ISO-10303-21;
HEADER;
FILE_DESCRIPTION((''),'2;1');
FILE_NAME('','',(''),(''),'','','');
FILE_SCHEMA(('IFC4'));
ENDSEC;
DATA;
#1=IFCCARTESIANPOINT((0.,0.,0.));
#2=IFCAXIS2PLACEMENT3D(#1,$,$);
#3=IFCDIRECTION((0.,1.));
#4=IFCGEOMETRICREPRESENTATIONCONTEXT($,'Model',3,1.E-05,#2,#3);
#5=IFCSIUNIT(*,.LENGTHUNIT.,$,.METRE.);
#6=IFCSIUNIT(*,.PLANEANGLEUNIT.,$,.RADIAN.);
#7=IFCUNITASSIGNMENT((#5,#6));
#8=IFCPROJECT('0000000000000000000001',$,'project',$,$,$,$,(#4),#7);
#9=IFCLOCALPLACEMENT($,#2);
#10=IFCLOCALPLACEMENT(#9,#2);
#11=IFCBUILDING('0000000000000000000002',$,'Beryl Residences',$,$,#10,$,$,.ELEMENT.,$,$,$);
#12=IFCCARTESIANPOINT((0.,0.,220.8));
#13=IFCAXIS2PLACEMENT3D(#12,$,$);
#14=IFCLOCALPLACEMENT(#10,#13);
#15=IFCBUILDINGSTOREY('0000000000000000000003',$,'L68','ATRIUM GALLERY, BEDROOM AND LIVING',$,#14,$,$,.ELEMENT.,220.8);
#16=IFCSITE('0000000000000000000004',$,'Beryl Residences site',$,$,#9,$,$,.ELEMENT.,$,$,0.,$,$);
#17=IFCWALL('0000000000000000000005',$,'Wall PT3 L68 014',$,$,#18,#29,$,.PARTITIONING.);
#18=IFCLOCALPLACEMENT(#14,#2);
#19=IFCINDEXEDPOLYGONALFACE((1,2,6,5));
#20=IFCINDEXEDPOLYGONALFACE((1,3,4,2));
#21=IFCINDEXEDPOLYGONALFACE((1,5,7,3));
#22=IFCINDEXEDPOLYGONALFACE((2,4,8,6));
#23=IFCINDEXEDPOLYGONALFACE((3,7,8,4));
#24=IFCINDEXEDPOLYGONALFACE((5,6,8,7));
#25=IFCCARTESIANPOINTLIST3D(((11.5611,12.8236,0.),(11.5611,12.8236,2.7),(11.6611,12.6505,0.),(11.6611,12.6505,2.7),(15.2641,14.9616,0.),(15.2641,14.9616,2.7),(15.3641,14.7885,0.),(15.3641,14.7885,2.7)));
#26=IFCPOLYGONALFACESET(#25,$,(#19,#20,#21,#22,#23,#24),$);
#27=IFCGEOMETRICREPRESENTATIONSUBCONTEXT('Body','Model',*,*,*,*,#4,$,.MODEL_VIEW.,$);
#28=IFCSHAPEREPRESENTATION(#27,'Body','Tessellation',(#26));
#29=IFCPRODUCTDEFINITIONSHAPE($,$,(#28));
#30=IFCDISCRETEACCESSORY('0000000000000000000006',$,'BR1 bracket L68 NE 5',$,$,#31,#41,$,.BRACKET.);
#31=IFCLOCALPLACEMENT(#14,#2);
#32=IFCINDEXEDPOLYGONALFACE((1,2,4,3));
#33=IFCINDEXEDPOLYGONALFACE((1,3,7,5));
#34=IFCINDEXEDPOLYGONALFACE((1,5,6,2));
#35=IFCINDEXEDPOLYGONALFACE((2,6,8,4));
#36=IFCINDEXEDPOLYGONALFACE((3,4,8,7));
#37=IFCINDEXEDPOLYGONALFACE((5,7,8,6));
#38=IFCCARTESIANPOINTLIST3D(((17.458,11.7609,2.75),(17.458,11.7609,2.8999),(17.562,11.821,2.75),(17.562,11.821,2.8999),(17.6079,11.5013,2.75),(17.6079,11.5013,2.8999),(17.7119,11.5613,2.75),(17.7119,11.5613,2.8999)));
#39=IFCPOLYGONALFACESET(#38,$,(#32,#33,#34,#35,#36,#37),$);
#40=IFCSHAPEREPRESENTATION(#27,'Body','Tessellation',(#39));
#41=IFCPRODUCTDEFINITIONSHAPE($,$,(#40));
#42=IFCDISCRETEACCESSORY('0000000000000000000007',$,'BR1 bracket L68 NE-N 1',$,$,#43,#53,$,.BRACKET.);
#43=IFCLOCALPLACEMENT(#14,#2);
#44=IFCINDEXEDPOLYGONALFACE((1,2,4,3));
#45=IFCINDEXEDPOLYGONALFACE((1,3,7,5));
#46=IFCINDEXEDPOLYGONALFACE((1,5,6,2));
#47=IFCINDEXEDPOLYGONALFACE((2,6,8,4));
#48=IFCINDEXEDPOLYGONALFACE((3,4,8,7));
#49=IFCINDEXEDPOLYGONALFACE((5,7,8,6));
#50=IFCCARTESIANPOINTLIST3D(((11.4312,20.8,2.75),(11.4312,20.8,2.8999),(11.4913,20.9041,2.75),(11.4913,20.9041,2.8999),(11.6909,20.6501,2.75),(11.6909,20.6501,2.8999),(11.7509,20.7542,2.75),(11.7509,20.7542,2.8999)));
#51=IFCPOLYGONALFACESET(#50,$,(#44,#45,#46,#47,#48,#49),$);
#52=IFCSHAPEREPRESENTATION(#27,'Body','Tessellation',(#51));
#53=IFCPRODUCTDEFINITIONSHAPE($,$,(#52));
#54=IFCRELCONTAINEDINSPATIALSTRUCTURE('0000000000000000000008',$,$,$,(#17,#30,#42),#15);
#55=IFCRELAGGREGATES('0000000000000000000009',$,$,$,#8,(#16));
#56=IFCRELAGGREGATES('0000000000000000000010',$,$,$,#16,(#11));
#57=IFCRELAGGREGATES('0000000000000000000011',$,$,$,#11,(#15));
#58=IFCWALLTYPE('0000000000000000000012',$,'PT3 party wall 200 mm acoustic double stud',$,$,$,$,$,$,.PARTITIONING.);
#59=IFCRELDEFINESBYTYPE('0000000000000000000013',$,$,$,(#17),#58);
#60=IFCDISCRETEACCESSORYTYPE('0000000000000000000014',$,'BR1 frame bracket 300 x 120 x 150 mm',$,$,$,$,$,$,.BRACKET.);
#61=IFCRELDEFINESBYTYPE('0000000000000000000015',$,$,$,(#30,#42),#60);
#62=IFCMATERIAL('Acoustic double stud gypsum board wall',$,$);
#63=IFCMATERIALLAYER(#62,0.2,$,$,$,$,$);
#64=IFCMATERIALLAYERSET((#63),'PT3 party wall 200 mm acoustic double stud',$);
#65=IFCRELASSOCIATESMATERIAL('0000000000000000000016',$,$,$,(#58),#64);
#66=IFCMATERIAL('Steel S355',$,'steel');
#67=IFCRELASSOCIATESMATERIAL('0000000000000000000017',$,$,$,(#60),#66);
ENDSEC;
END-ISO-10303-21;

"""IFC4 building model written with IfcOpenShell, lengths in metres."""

from ifc_helpers import new_model, si_unit, direction, frame, frame_2d, origin, place, context, subcontext, project, spatial, polyline, rectangle, outline, extrude, source, transform, mapped, material, layer, layer_set, type_object, type_shapes, element, save


model = new_model("IFC4")

# Units and contexts
model_context = context("Model", 3, precision=1e-05, world=origin(), true_north=direction((0.0, 1.0)))
body_context = subcontext(model_context, "Body", "Model", "MODEL_VIEW")
ifc_project = project(units=[si_unit("LENGTHUNIT", "METRE"), si_unit("PLANEANGLEUNIT", "RADIAN")], contexts=[model_context])

# Site, building, storey
site_placement = place(None, origin())
site = spatial("IfcSite", under=ifc_project, at=site_placement, Name="Beryl Residences site", CompositionType="ELEMENT", RefElevation=0.0)
building_placement = place(site_placement, origin())
building = spatial("IfcBuilding", under=site, at=building_placement, Name="Beryl Residences", CompositionType="ELEMENT")
storey_placement = place(building_placement, frame((0.0, 0.0, 220.8)))
storey = spatial("IfcBuildingStorey", under=building, at=storey_placement, Name="L68", Description="ATRIUM GALLERY, BEDROOM AND LIVING", CompositionType="ELEMENT", Elevation=220.8)

# Wall
ifc_material_1 = material(Name="Acoustic double stud gypsum board wall")
ifc_layer_1 = layer(ifc_material_1, 0.2)
ifc_layer_set_1 = layer_set([ifc_layer_1], Name="PT3 party wall 200 mm acoustic double stud")
wall_type_1 = type_object("IfcWallType", Name="PT3 party wall 200 mm acoustic double stud", PredefinedType="PARTITIONING", material=ifc_layer_set_1)
wall_1_placement = place(storey_placement, frame((11.6111, 12.7371, 0.0), z_axis=(0.0, 0.0, 1.0), x_axis=(0.866017, 0.500014, 0.0)))
element("IfcWall", 1, at=wall_1_placement, inside=storey, type_object=wall_type_1, Name="Wall PT3 L68 014", PredefinedType="PARTITIONING", context=body_context, shape_type="SweptSolid", body=[
    extrude(rectangle(XDim=4.2759, YDim=0.2, at=frame_2d((2.1379, 0.0))), origin(), (0.0, 0.0, 1.0), 2.7),
])

# Discrete accessories
ifc_material_2 = material(Name="Steel S355", Category="steel")
discrete_accessory_type = type_object("IfcDiscreteAccessoryType", Name="BR1 frame bracket 300 x 120 x 150 mm", PredefinedType="BRACKET", material=ifc_material_2)
shared_shape_1 = source(origin(), body_context, "Body", "SweptSolid", [
    extrude(outline(polyline([(-0.1499, 0.0), (0.1499, 0.0), (0.1499, 0.1201), (-0.1499, 0.1201), (-0.1499, 0.0)])), origin(), (0.0, 0.0, 1.0), 0.1499),
])
type_shapes(discrete_accessory_type, [shared_shape_1])
for number, where, z_axis, x_axis, name in (
    (2, (17.533, 11.6311, 2.75), (0.0, 0.0, 1.0), (0.5, -0.866025, 0.0), "BR1 bracket L68 NE 5"),
    (3, (11.561, 20.7251, 2.75), (0.0, 0.0, 1.0), (0.866025, -0.5, 0.0), "BR1 bracket L68 NE-N 1"),
):
    element("IfcDiscreteAccessory", number, at=place(storey_placement, frame(where, z_axis=z_axis, x_axis=x_axis)), inside=storey, type_object=discrete_accessory_type, Name=name, PredefinedType="BRACKET", context=body_context, shape_type="MappedRepresentation", body=[
        mapped(shared_shape_1, transform((0.0, 0.0, 0.0))),
    ])

save(model, "model.ifc")
